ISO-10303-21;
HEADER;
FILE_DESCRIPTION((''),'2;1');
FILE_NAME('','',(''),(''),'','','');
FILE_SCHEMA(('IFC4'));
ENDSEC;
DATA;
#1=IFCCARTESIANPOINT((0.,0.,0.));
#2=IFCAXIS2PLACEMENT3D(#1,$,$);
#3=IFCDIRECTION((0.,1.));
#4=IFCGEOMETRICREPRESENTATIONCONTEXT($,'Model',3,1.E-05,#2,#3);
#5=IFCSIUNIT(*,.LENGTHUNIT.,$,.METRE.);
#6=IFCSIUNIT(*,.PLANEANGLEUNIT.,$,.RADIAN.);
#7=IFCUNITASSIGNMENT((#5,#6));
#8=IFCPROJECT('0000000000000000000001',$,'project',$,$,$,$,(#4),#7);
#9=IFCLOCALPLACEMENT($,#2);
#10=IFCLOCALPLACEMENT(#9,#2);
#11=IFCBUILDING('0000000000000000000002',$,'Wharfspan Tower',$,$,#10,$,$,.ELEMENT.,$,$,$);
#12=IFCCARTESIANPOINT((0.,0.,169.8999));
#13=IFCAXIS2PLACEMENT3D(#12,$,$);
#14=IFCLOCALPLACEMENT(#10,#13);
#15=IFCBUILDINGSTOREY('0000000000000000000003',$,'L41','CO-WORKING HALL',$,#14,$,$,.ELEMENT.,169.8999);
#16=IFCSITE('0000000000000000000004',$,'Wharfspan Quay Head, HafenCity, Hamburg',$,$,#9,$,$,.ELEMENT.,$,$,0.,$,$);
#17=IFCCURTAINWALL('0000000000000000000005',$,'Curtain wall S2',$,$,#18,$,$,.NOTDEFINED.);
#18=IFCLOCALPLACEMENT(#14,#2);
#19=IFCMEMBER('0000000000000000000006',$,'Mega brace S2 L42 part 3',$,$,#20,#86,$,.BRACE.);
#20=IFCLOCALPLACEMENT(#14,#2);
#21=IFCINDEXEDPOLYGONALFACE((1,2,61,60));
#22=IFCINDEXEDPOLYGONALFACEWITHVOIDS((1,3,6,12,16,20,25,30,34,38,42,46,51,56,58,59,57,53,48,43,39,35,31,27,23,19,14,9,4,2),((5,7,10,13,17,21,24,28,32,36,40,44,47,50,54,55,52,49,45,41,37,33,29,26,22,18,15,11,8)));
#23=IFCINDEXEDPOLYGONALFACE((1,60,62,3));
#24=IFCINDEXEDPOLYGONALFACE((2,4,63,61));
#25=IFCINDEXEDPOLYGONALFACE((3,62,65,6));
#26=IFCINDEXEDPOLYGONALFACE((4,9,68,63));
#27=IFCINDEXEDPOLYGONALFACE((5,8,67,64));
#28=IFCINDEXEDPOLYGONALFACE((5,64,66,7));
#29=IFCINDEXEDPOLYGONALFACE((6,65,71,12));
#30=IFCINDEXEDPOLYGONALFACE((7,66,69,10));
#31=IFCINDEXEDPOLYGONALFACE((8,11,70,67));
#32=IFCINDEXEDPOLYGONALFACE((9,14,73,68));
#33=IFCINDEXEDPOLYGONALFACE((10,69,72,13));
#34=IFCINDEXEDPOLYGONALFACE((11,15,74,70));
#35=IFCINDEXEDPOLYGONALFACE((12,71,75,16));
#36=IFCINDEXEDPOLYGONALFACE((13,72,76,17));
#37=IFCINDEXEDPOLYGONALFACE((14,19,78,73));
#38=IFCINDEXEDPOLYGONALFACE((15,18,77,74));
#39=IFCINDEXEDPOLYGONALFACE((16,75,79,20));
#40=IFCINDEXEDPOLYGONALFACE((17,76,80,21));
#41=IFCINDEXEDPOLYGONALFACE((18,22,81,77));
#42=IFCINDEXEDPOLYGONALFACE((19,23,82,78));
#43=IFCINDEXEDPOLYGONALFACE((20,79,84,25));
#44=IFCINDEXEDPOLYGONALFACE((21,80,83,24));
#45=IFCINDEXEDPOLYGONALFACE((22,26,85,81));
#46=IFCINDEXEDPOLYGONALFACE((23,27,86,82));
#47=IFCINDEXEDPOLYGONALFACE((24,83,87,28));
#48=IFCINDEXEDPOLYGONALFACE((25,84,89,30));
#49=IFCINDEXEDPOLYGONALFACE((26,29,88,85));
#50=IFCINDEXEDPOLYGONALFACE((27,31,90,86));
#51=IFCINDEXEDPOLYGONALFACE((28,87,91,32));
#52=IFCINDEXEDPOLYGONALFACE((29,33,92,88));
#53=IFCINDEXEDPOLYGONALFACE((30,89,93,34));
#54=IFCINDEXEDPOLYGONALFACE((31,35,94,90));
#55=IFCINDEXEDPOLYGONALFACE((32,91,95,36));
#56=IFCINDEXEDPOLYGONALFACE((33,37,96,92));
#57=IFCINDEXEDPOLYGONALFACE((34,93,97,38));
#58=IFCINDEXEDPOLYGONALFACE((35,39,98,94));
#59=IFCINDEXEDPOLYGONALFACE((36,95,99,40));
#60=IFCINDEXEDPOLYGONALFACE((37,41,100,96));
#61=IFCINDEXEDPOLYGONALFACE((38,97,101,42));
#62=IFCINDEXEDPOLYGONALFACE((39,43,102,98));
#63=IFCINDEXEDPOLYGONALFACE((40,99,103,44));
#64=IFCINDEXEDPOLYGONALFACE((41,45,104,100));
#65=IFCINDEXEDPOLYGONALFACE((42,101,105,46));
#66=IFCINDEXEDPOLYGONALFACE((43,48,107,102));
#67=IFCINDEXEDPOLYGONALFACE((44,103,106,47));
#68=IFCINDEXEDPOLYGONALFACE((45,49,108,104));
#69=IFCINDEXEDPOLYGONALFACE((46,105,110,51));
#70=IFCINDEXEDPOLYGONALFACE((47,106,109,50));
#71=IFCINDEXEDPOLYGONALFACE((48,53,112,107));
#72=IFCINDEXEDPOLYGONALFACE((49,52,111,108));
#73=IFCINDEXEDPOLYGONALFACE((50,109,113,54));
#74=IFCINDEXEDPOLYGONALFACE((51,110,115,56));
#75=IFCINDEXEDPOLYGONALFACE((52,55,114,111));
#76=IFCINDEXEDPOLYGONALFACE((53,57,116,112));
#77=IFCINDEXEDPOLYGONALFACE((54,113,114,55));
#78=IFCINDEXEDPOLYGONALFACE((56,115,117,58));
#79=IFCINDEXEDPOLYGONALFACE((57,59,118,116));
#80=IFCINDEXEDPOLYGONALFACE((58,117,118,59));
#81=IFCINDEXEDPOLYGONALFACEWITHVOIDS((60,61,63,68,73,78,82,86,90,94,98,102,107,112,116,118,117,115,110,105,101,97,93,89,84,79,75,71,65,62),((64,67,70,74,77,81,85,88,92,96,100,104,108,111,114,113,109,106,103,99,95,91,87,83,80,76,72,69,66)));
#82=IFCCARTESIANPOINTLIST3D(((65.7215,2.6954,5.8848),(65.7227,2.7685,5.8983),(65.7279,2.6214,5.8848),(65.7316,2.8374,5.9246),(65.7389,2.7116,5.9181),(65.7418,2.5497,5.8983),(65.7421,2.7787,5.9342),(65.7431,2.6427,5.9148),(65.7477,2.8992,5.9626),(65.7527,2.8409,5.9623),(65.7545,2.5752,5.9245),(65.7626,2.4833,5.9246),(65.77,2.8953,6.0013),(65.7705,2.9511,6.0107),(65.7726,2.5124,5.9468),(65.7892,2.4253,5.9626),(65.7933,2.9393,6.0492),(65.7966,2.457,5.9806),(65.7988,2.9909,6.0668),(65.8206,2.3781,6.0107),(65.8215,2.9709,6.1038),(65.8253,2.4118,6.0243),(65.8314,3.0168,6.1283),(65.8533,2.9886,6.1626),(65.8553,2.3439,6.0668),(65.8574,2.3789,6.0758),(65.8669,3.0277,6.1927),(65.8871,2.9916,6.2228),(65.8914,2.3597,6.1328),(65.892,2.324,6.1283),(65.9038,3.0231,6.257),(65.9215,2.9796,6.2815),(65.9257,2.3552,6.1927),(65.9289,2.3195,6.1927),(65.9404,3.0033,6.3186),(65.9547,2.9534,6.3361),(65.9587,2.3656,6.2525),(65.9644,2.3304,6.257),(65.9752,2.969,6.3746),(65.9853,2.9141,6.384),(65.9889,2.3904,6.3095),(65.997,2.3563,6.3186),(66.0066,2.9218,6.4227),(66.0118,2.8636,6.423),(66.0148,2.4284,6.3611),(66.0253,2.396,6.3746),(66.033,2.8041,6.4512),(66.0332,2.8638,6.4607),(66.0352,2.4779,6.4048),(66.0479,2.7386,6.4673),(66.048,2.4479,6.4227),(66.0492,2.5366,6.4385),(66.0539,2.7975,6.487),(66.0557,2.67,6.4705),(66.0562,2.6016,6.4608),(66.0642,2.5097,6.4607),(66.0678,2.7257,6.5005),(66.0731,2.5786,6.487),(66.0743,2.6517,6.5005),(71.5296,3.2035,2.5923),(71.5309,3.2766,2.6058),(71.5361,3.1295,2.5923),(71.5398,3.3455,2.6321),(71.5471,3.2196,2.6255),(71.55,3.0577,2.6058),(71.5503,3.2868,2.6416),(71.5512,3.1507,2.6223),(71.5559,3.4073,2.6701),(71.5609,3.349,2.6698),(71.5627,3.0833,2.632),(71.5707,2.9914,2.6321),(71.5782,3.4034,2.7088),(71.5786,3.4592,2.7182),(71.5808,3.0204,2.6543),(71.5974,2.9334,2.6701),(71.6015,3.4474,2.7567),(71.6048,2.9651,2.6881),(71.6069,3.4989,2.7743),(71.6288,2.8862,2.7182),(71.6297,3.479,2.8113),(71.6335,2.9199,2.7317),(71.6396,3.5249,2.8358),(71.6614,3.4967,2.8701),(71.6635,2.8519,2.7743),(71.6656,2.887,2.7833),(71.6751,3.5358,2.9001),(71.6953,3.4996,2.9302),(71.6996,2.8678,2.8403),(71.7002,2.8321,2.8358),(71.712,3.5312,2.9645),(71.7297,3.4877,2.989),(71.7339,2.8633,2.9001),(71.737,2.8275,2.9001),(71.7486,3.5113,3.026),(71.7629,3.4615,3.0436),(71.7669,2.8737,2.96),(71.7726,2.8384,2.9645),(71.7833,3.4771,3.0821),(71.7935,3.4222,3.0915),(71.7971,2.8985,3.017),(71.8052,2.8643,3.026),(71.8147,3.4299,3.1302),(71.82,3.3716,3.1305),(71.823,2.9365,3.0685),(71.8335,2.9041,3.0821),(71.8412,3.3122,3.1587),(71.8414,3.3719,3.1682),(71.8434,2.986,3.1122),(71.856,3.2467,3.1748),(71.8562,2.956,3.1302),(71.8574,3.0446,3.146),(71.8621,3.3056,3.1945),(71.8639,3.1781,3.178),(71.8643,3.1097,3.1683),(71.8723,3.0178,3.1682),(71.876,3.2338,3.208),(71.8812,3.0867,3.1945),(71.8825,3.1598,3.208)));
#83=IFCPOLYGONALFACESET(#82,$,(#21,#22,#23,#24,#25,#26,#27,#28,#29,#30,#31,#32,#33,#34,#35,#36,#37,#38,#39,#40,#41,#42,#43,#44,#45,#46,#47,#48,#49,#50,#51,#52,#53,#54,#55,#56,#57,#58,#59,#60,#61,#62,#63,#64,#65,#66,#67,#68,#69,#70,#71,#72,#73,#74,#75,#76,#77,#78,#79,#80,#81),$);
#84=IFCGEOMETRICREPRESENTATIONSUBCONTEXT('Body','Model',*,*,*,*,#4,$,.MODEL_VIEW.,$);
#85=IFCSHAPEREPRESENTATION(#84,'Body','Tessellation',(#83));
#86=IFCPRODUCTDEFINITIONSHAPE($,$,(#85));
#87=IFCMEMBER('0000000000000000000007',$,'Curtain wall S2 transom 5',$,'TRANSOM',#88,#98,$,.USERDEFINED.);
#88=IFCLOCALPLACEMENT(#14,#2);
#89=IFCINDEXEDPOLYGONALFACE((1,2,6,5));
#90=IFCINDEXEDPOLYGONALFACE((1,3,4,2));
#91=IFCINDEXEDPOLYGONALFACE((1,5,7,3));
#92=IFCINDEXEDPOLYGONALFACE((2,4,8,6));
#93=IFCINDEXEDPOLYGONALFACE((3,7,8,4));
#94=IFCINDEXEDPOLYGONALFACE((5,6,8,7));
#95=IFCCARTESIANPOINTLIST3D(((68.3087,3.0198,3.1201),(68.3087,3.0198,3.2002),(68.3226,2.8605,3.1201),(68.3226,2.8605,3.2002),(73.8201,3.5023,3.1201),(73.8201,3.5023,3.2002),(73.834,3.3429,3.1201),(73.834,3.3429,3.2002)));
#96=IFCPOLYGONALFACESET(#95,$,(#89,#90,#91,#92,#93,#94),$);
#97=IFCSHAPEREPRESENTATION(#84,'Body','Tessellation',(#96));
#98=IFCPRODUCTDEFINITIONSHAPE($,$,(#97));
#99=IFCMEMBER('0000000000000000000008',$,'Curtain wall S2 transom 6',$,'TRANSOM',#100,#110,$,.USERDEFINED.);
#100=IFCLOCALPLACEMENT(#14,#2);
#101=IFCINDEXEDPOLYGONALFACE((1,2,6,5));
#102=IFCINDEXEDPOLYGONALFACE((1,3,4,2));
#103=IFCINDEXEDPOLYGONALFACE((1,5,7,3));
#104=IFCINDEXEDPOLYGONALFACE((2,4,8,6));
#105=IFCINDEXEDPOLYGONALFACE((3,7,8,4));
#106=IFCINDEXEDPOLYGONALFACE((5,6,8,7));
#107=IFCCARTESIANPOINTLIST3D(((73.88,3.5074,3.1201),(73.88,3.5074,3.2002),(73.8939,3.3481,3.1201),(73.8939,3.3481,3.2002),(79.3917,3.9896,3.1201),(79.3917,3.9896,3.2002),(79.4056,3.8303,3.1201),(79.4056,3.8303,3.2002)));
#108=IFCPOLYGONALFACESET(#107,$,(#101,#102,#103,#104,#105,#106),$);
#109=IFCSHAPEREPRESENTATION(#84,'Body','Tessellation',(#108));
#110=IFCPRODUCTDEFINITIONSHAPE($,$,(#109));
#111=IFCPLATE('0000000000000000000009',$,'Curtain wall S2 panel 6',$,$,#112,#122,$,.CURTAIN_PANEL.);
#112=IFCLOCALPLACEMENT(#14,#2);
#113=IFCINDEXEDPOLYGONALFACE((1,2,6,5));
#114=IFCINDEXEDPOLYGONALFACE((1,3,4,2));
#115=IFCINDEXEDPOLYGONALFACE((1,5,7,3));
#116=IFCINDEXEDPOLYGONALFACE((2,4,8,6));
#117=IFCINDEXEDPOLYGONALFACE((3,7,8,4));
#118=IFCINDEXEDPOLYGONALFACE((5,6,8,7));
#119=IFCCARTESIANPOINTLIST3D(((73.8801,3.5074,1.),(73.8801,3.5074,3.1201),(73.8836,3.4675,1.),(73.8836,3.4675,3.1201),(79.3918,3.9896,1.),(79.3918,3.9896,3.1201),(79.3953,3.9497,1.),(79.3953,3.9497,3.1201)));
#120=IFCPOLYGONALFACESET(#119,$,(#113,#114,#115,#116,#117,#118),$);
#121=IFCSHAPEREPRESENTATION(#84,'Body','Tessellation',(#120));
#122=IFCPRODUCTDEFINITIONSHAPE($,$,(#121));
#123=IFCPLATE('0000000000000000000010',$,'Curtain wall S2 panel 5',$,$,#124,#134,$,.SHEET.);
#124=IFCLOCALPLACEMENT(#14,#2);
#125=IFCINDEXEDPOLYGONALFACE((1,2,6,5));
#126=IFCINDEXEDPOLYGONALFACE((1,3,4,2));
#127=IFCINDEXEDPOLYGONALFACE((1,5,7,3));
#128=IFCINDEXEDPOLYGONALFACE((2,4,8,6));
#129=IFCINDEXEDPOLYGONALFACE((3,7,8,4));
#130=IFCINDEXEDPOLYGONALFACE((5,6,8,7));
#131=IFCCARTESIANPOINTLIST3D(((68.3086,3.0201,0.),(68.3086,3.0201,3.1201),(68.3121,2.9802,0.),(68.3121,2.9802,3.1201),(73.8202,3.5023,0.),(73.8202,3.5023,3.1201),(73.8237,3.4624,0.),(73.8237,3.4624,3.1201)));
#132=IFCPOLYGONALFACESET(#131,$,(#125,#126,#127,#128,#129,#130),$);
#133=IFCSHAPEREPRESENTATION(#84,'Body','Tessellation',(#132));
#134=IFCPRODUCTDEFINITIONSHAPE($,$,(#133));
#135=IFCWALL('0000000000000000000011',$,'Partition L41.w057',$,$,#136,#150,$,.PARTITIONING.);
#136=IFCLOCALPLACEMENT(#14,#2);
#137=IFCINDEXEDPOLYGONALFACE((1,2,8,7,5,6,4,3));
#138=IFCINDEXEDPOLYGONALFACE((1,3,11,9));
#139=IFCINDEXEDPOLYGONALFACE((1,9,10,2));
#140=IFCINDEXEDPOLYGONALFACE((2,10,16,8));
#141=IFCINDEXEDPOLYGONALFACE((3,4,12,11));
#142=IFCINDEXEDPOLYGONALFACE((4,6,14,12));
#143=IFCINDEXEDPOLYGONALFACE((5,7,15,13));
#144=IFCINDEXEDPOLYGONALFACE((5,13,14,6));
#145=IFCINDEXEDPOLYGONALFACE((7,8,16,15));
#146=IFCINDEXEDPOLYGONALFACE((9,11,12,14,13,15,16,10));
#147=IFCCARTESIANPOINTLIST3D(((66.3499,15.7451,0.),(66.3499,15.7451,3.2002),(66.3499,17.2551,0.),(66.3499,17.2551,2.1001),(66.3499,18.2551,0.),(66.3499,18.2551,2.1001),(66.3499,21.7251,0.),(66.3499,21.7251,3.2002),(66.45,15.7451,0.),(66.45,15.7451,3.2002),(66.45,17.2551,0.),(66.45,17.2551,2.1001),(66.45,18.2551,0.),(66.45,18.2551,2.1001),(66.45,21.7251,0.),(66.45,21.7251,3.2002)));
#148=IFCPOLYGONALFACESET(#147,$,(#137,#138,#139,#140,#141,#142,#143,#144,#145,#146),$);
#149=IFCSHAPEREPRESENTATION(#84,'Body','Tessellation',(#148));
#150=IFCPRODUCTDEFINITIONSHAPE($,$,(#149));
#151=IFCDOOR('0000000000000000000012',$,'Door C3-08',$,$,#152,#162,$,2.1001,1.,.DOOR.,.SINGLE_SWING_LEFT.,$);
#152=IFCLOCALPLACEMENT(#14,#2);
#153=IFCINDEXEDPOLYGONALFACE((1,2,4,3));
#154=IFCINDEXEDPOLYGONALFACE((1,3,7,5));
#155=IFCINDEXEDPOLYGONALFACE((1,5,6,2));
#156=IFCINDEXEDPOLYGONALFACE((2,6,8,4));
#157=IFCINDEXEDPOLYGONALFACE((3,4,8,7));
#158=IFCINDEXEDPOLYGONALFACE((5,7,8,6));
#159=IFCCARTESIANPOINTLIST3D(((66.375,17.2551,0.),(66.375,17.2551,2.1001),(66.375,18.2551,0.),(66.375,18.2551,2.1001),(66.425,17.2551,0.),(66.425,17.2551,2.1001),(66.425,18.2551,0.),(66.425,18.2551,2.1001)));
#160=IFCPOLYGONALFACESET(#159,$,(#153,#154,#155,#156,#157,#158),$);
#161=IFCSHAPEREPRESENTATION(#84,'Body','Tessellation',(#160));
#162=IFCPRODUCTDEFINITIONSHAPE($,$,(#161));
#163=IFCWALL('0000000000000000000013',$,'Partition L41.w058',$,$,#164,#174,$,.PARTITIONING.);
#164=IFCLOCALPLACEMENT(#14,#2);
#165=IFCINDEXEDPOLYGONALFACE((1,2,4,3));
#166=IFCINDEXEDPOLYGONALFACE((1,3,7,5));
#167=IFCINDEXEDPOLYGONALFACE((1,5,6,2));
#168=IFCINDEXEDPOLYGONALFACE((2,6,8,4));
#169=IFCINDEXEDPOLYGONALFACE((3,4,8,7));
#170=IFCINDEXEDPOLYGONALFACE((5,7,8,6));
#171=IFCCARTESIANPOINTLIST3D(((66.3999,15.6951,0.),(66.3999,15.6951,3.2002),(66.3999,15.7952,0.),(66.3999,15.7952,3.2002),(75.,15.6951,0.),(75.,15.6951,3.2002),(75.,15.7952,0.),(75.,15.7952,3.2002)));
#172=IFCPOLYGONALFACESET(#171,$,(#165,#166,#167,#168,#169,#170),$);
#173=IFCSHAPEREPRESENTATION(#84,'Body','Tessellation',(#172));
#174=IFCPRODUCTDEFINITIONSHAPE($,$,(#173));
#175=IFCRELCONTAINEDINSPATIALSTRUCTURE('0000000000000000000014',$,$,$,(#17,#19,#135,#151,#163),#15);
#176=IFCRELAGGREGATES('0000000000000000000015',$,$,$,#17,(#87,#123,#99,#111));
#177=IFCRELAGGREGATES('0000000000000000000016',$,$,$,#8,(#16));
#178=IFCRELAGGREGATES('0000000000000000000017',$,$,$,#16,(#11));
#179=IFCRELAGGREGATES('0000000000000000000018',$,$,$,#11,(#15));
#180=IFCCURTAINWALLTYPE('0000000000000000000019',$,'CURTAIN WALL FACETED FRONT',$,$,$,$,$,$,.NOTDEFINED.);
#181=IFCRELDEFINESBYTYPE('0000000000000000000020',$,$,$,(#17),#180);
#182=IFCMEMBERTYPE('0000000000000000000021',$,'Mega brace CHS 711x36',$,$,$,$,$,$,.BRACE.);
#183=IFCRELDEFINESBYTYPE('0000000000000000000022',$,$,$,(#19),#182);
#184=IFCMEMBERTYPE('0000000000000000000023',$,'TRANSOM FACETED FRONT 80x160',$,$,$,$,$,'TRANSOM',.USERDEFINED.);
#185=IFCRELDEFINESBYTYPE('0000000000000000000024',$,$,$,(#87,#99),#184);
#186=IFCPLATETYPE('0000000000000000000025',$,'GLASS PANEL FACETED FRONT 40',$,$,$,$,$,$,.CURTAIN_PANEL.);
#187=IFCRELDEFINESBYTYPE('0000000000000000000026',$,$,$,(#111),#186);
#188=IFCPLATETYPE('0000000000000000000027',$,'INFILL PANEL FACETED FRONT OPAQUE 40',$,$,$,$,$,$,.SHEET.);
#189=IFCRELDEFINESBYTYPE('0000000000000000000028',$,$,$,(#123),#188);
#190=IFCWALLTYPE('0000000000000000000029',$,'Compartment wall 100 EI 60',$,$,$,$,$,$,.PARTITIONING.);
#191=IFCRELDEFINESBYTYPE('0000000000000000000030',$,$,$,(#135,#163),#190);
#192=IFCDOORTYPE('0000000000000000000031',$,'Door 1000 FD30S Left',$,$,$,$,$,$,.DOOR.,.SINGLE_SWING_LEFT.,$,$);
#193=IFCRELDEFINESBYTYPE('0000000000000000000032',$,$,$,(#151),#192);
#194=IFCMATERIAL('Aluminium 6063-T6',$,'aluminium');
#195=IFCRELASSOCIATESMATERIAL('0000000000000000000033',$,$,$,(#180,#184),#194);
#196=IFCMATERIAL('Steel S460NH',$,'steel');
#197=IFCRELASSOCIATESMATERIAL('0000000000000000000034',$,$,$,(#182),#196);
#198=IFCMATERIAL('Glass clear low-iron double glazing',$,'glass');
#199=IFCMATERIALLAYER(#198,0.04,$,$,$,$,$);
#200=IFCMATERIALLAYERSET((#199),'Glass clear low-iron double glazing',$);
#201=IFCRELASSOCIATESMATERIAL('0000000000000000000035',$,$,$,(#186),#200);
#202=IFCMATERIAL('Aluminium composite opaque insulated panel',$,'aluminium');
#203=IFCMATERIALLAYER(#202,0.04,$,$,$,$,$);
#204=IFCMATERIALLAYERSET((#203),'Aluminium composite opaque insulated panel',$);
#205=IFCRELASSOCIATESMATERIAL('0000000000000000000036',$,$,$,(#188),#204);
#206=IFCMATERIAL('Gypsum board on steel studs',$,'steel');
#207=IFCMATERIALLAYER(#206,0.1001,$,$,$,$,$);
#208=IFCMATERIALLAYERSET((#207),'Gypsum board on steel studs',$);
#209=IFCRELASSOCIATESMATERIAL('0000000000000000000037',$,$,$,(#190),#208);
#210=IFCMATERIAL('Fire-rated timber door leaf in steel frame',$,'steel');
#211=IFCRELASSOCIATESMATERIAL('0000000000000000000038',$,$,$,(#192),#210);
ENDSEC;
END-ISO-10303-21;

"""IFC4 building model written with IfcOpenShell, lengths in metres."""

from ifc_helpers import new_model, si_unit, direction, frame, frame_2d, origin, origin_2d, place, context, subcontext, project, spatial, rectangle, hollow_circle, extrude, material, layer, layer_set, material_profile, profile_set, type_object, element, fill, aggregate, save


model = new_model("IFC4")

# Units and contexts
model_context = context("Model", 3, precision=1e-05, world=origin(), true_north=direction((0.0, 1.0)))
body_context = subcontext(model_context, "Body", "Model", "MODEL_VIEW")
ifc_project = project(units=[si_unit("LENGTHUNIT", "METRE"), si_unit("PLANEANGLEUNIT", "RADIAN")], contexts=[model_context])

# Site, building, storey
site_placement = place(None, origin())
site = spatial("IfcSite", under=ifc_project, at=site_placement, Name="Wharfspan Quay Head, HafenCity, Hamburg", CompositionType="ELEMENT", RefElevation=0.0)
building_placement = place(site_placement, origin())
building = spatial("IfcBuilding", under=site, at=building_placement, Name="Wharfspan Tower", CompositionType="ELEMENT")
storey_placement = place(building_placement, frame((0.0, 0.0, 169.8999)))
storey = spatial("IfcBuildingStorey", under=building, at=storey_placement, Name="L41", Description="CO-WORKING HALL", CompositionType="ELEMENT", Elevation=169.8999)

# Curtain wall
ifc_material_1 = material(Name="Aluminium 6063-T6", Category="aluminium")
curtain_wall_type = type_object("IfcCurtainWallType", Name="CURTAIN WALL FACETED FRONT", PredefinedType="NOTDEFINED", material=ifc_material_1)
curtain_wall_placement = place(storey_placement, origin())
curtain_wall = element("IfcCurtainWall", 1, at=curtain_wall_placement, inside=storey, type_object=curtain_wall_type, Name="Curtain wall S2", PredefinedType="NOTDEFINED")

# Members
ifc_material_2 = material(Name="Steel S460NH", Category="steel")
ifc_material_profile_1 = material_profile(ifc_material_2, hollow_circle(Radius=0.3555, WallThickness=0.0359, at=origin_2d()))
ifc_profile_set_1 = profile_set([ifc_material_profile_1], Name="Steel S460NH")
member_type_1 = type_object("IfcMemberType", Name="Mega brace CHS 711x36", PredefinedType="BRACE", material=ifc_profile_set_1)
member_1_placement = place(storey_placement, frame((71.7061, 3.1816, 2.9001), z_axis=(-0.867436, -0.075878, 0.491729), x_axis=(0.08714, -0.996196, -0.000002)))
element("IfcMember", 2, at=member_1_placement, inside=storey, type_object=member_type_1, Name="Mega brace S2 L42 part 3", PredefinedType="BRACE", context=body_context, shape_type="SweptSolid", body=[
    extrude(hollow_circle(Radius=0.3555, WallThickness=0.0359, at=origin_2d()), origin(), (0.0, 0.0, 1.0), 6.6958),
])
ifc_material_profile_2 = material_profile(ifc_material_1, rectangle(XDim=0.1599, YDim=0.0801, at=origin_2d()))
ifc_profile_set_2 = profile_set([ifc_material_profile_2], Name="Aluminium 6063-T6")
member_type_2 = type_object("IfcMemberType", Name="TRANSOM FACETED FRONT 80x160", ElementType="TRANSOM", PredefinedType="USERDEFINED", material=ifc_profile_set_2)
member_2_placement = place(storey_placement, frame((68.3157, 2.9402, 3.1602), z_axis=(0.996191, 0.087197, 0.0), x_axis=(-0.087197, 0.996191, 0.0)))
member_2 = element("IfcMember", 3, at=member_2_placement, type_object=member_type_2, Name="Curtain wall S2 transom 5", ObjectType="TRANSOM", PredefinedType="USERDEFINED", context=body_context, shape_type="SweptSolid", body=[
    extrude(rectangle(XDim=0.1599, YDim=0.0801, at=origin_2d()), origin(), (0.0, 0.0, 1.0), 5.5325),
])
member_3_placement = place(storey_placement, frame((73.887, 3.4277, 3.1602), z_axis=(0.996195, 0.087149, 0.0), x_axis=(-0.087149, 0.996195, 0.0)))
member_3 = element("IfcMember", 4, at=member_3_placement, type_object=member_type_2, Name="Curtain wall S2 transom 6", ObjectType="TRANSOM", PredefinedType="USERDEFINED", context=body_context, shape_type="SweptSolid", body=[
    extrude(rectangle(XDim=0.1599, YDim=0.0801, at=origin_2d()), origin(), (0.0, 0.0, 1.0), 5.5327),
])

# Plates
ifc_material_3 = material(Name="Glass clear low-iron double glazing", Category="glass")
ifc_layer_1 = layer(ifc_material_3, 0.04)
ifc_layer_set_1 = layer_set([ifc_layer_1], Name="Glass clear low-iron double glazing")
plate_type_1 = type_object("IfcPlateType", Name="GLASS PANEL FACETED FRONT 40", PredefinedType="CURTAIN_PANEL", material=ifc_layer_set_1)
plate_1_placement = place(storey_placement, frame((76.6377, 3.7285, 1.0), z_axis=(0.0, 0.0, 1.0), x_axis=(0.996198, 0.087156, 0.0)))
plate_1 = element("IfcPlate", 5, at=plate_1_placement, type_object=plate_type_1, Name="Curtain wall S2 panel 6", PredefinedType="CURTAIN_PANEL", context=body_context, shape_type="SweptSolid", body=[
    extrude(rectangle(XDim=5.5327, YDim=0.04, at=origin_2d()), origin(), (0.0, 0.0, 1.0), 2.1201),
])
ifc_material_4 = material(Name="Aluminium composite opaque insulated panel", Category="aluminium")
ifc_layer_2 = layer(ifc_material_4, 0.04)
ifc_layer_set_2 = layer_set([ifc_layer_2], Name="Aluminium composite opaque insulated panel")
plate_type_2 = type_object("IfcPlateType", Name="INFILL PANEL FACETED FRONT OPAQUE 40", PredefinedType="SHEET", material=ifc_layer_set_2)
plate_2_placement = place(storey_placement, frame((71.0662, 3.2412, 0.0), z_axis=(0.0, 0.0, 1.0), x_axis=(0.996198, 0.087156, 0.0)))
plate_2 = element("IfcPlate", 6, at=plate_2_placement, type_object=plate_type_2, Name="Curtain wall S2 panel 5", PredefinedType="SHEET", context=body_context, shape_type="SweptSolid", body=[
    extrude(rectangle(XDim=5.5327, YDim=0.04, at=origin_2d()), origin(), (0.0, 0.0, 1.0), 3.1201),
])
aggregate(curtain_wall, [member_2, plate_2, member_3, plate_1])

# Wall, opening, door
ifc_material_5 = material(Name="Gypsum board on steel studs", Category="steel")
ifc_layer_3 = layer(ifc_material_5, 0.1001)
ifc_layer_set_3 = layer_set([ifc_layer_3], Name="Gypsum board on steel studs")
wall_type_1 = type_object("IfcWallType", Name="Compartment wall 100 EI 60", PredefinedType="PARTITIONING", material=ifc_layer_set_3)
wall_1_placement = place(storey_placement, frame((66.3999, 15.7451, 0.0), z_axis=(0.0, 0.0, 1.0), x_axis=(0.0, 1.0, 0.0)))
wall_1 = element("IfcWall", 7, at=wall_1_placement, inside=storey, type_object=wall_type_1, Name="Partition L41.w057", PredefinedType="PARTITIONING", context=body_context, shape_type="SweptSolid", body=[
    extrude(rectangle(XDim=5.98, YDim=0.1001, at=frame_2d((2.99, 0.0))), origin(), (0.0, 0.0, 1.0), 3.2002),
])
opening_1_placement = place(wall_1_placement, frame((1.51, 0.0, 0.0)))
opening_1 = element("IfcOpeningElement", 8, at=opening_1_placement, cuts=wall_1, PredefinedType="OPENING", context=body_context, shape_type="SweptSolid", body=[
    extrude(rectangle(XDim=1.0, YDim=2.1001, at=frame_2d((0.5, 1.05))), frame((0.0, 0.0601, 0.0), z_axis=(0.0, -1.0, 0.0), x_axis=(1.0, 0.0, 0.0)), (0.0, 0.0, 1.0), 0.1201),
])
ifc_material_6 = material(Name="Fire-rated timber door leaf in steel frame", Category="steel")
door_type_1 = type_object("IfcDoorType", Name="Door 1000 FD30S Left", OperationType="SINGLE_SWING_LEFT", PredefinedType="DOOR", material=ifc_material_6)
door_1_placement = place(opening_1_placement, origin())
door_1 = element("IfcDoor", 9, at=door_1_placement, inside=storey, type_object=door_type_1, Name="Door C3-08", OperationType="SINGLE_SWING_LEFT", OverallHeight=2.1001, OverallWidth=1.0, PredefinedType="DOOR", context=body_context, shape_type="SweptSolid", body=[
    extrude(rectangle(XDim=1.0, YDim=2.1001, at=frame_2d((0.5, 1.05))), frame((0.0, 0.0249, 0.0), z_axis=(0.0, -1.0, 0.0), x_axis=(1.0, 0.0, 0.0)), (0.0, 0.0, 1.0), 0.05),
])
fill(opening_1, door_1)

# Wall
wall_2_placement = place(storey_placement, frame((66.3999, 15.7451, 0.0), z_axis=(0.0, 0.0, 1.0), x_axis=(1.0, 0.0, 0.0)))
element("IfcWall", 10, at=wall_2_placement, inside=storey, type_object=wall_type_1, Name="Partition L41.w058", PredefinedType="PARTITIONING", context=body_context, shape_type="SweptSolid", body=[
    extrude(rectangle(XDim=8.6001, YDim=0.1001, at=frame_2d((4.3, 0.0))), origin(), (0.0, 0.0, 1.0), 3.2002),
])

save(model, "model.ifc")
